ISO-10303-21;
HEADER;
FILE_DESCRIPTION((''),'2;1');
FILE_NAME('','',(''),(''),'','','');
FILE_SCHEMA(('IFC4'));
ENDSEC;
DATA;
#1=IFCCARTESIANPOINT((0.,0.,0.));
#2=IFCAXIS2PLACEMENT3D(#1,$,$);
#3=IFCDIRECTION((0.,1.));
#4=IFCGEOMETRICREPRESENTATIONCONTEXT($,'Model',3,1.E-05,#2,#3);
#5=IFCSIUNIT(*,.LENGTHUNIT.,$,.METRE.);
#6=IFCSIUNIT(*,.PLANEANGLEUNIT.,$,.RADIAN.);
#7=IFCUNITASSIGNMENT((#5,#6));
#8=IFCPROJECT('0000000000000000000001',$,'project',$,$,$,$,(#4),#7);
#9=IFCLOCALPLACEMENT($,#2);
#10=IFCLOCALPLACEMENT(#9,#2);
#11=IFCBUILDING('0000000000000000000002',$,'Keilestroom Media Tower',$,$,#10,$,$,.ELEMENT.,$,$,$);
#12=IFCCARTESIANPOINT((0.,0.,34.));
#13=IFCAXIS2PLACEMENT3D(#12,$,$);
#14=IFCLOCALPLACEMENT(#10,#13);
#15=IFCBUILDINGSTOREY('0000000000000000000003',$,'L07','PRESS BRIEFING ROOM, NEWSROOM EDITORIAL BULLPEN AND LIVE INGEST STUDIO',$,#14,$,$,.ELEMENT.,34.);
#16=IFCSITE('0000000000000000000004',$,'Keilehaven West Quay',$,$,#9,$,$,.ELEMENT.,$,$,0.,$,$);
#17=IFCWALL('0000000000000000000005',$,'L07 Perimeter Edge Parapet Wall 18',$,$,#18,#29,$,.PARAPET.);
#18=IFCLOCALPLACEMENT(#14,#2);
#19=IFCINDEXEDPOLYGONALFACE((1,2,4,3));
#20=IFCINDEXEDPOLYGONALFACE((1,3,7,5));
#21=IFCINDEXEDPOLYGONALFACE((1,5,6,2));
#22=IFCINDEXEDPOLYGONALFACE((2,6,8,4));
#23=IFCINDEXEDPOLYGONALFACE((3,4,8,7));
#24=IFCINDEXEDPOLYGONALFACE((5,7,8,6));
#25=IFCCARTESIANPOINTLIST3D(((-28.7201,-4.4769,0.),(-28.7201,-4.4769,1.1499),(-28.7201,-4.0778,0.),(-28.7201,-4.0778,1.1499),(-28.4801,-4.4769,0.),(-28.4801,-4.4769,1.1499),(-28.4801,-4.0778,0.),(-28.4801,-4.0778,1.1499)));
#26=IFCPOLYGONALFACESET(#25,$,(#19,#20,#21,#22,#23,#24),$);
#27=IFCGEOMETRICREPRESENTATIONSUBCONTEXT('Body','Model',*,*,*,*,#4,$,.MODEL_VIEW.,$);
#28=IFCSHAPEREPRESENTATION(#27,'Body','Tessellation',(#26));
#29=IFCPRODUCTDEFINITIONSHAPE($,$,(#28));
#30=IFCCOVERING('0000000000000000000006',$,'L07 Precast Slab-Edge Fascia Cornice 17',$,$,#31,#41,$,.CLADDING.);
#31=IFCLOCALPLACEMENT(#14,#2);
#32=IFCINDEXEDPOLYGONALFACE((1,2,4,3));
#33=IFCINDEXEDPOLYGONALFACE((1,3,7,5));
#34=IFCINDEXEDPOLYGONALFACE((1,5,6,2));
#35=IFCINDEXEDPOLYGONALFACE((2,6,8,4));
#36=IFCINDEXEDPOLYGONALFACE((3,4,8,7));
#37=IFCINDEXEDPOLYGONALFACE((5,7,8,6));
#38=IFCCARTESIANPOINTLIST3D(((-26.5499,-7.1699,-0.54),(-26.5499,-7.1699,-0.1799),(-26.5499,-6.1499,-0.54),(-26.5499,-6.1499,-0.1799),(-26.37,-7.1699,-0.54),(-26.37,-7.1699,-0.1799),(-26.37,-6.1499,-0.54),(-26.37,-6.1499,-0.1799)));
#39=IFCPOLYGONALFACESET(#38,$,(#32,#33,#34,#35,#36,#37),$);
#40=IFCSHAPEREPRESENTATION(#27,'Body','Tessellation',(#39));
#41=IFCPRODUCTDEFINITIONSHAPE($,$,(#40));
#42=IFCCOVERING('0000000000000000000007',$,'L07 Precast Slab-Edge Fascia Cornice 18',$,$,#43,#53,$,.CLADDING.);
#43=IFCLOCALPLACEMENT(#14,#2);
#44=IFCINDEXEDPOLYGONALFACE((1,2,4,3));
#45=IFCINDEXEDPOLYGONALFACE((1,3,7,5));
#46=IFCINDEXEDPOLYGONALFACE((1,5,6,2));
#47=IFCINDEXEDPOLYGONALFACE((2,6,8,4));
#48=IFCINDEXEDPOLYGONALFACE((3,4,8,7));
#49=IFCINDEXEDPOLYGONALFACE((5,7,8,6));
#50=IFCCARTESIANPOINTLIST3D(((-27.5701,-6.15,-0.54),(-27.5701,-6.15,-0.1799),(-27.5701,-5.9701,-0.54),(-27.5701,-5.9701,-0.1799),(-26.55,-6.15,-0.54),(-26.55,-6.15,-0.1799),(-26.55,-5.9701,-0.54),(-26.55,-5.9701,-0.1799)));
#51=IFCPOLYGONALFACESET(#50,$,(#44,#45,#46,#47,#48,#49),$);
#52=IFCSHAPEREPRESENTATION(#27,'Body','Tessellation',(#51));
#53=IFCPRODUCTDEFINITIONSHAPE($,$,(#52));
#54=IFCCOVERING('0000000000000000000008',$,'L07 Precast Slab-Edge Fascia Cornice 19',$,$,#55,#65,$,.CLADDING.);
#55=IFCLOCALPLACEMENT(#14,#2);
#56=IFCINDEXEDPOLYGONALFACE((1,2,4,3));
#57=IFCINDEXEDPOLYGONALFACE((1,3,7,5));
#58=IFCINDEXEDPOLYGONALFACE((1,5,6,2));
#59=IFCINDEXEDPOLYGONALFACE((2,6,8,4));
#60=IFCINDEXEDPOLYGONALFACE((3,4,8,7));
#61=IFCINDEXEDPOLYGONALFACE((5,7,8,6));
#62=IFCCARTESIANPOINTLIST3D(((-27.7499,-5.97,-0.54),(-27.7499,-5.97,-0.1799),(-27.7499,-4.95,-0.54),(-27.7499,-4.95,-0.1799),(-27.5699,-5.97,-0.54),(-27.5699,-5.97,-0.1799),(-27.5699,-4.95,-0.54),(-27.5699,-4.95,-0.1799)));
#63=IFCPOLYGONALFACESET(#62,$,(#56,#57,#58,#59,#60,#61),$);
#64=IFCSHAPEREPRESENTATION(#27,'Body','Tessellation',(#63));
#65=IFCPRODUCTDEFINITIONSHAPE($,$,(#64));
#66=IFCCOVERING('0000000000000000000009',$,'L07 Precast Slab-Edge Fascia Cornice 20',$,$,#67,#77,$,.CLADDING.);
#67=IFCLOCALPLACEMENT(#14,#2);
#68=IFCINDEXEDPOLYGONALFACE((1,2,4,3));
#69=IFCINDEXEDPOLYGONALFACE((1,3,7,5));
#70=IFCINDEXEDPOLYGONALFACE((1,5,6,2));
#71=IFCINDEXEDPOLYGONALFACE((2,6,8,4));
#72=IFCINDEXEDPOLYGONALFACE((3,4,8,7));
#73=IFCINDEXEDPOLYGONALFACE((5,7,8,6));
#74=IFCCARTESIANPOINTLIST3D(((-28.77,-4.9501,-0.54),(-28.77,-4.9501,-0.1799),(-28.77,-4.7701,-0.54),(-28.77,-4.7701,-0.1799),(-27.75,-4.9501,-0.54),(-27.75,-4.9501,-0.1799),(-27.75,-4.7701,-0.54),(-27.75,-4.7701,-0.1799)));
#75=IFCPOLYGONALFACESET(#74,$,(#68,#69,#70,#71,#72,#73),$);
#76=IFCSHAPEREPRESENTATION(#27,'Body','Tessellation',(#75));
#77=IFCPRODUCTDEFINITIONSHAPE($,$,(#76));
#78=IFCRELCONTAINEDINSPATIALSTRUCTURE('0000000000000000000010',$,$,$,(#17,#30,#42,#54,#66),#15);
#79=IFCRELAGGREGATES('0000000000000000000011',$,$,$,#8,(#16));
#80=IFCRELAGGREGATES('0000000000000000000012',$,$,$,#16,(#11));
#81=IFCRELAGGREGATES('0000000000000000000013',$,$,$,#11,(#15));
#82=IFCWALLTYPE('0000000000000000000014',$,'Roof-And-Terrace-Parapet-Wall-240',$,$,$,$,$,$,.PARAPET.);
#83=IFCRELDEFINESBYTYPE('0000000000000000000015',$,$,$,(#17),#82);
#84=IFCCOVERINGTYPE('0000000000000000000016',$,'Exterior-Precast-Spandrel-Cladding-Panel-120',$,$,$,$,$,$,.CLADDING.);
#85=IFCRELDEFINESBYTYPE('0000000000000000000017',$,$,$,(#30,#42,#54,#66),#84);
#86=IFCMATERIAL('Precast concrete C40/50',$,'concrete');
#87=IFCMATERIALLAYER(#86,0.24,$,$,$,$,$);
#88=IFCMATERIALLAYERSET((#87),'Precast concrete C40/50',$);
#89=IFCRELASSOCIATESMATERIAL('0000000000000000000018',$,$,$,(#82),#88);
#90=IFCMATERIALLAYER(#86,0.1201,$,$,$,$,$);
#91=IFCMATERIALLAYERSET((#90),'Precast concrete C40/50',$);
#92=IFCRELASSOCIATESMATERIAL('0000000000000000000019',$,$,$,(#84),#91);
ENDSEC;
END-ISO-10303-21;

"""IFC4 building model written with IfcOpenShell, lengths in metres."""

from ifc_helpers import new_model, si_unit, direction, frame, frame_2d, origin, origin_2d, place, context, subcontext, project, spatial, rectangle, extrude, source, transform, mapped, material, layer, layer_set, type_object, element, save


model = new_model("IFC4")

# Units and contexts
model_context = context("Model", 3, precision=1e-05, world=origin(), true_north=direction((0.0, 1.0)))
body_context = subcontext(model_context, "Body", "Model", "MODEL_VIEW")
ifc_project = project(units=[si_unit("LENGTHUNIT", "METRE"), si_unit("PLANEANGLEUNIT", "RADIAN")], contexts=[model_context])

# Site, building, storey
site_placement = place(None, origin())
site = spatial("IfcSite", under=ifc_project, at=site_placement, Name="Keilehaven West Quay", CompositionType="ELEMENT", RefElevation=0.0)
building_placement = place(site_placement, origin())
building = spatial("IfcBuilding", under=site, at=building_placement, Name="Keilestroom Media Tower", CompositionType="ELEMENT")
storey_placement = place(building_placement, frame((0.0, 0.0, 34.0)))
storey = spatial("IfcBuildingStorey", under=building, at=storey_placement, Name="L07", Description="PRESS BRIEFING ROOM, NEWSROOM EDITORIAL BULLPEN AND LIVE INGEST STUDIO", CompositionType="ELEMENT", Elevation=34.0)

# Shared definitions
ifc_material_1 = material(Name="Precast concrete C40/50", Category="concrete")

# Wall
ifc_layer_1 = layer(ifc_material_1, 0.24)
ifc_layer_set_1 = layer_set([ifc_layer_1], Name="Precast concrete C40/50")
wall_type_1 = type_object("IfcWallType", Name="Roof-And-Terrace-Parapet-Wall-240", PredefinedType="PARAPET", material=ifc_layer_set_1)
wall_1_placement = place(storey_placement, frame((-28.6001, -4.4771, 0.0), z_axis=(0.0, 0.0, 1.0), x_axis=(0.0, 1.0, 0.0)))
element("IfcWall", 1, at=wall_1_placement, inside=storey, type_object=wall_type_1, Name="L07 Perimeter Edge Parapet Wall 18", PredefinedType="PARAPET", context=body_context, shape_type="SweptSolid", body=[
    extrude(rectangle(XDim=0.3992, YDim=0.24, at=frame_2d((0.1997, 0.0))), origin(), (0.0, 0.0, 1.0), 1.1499),
])

# Coverings
ifc_layer_2 = layer(ifc_material_1, 0.1201)
ifc_layer_set_2 = layer_set([ifc_layer_2], Name="Precast concrete C40/50")
covering_type = type_object("IfcCoveringType", Name="Exterior-Precast-Spandrel-Cladding-Panel-120", PredefinedType="CLADDING", material=ifc_layer_set_2)
shared_shape_1 = source(origin(), body_context, "Body", "SweptSolid", [
    extrude(rectangle(XDim=1.02, YDim=0.1799, at=origin_2d()), origin(), (0.0, 0.0, 1.0), 0.3601),
])
for number, where, z_axis, x_axis, name in (
    (2, (-26.46, -6.6599, -0.54), (0.0, 0.0, 1.0), (0.0, 1.0, 0.0), "L07 Precast Slab-Edge Fascia Cornice 17"),
    (3, (-27.0601, -6.0601, -0.54), (0.0, 0.0, 1.0), (-1.0, 0.0, 0.0), "L07 Precast Slab-Edge Fascia Cornice 18"),
    (4, (-27.6599, -5.46, -0.54), (0.0, 0.0, 1.0), (0.0, 1.0, 0.0), "L07 Precast Slab-Edge Fascia Cornice 19"),
    (5, (-28.26, -4.8601, -0.54), (0.0, 0.0, 1.0), (-1.0, 0.0, 0.0), "L07 Precast Slab-Edge Fascia Cornice 20"),
):
    element("IfcCovering", number, at=place(storey_placement, frame(where, z_axis=z_axis, x_axis=x_axis)), inside=storey, type_object=covering_type, Name=name, PredefinedType="CLADDING", context=body_context, shape_type="MappedRepresentation", body=[
        mapped(shared_shape_1, transform((0.0, 0.0, 0.0), x_axis=(1.0, 0.0, 0.0), y_axis=(0.0, 1.0, 0.0), z_axis=(0.0, 0.0, 1.0), scale=1.0)),
    ])

save(model, "model.ifc")
